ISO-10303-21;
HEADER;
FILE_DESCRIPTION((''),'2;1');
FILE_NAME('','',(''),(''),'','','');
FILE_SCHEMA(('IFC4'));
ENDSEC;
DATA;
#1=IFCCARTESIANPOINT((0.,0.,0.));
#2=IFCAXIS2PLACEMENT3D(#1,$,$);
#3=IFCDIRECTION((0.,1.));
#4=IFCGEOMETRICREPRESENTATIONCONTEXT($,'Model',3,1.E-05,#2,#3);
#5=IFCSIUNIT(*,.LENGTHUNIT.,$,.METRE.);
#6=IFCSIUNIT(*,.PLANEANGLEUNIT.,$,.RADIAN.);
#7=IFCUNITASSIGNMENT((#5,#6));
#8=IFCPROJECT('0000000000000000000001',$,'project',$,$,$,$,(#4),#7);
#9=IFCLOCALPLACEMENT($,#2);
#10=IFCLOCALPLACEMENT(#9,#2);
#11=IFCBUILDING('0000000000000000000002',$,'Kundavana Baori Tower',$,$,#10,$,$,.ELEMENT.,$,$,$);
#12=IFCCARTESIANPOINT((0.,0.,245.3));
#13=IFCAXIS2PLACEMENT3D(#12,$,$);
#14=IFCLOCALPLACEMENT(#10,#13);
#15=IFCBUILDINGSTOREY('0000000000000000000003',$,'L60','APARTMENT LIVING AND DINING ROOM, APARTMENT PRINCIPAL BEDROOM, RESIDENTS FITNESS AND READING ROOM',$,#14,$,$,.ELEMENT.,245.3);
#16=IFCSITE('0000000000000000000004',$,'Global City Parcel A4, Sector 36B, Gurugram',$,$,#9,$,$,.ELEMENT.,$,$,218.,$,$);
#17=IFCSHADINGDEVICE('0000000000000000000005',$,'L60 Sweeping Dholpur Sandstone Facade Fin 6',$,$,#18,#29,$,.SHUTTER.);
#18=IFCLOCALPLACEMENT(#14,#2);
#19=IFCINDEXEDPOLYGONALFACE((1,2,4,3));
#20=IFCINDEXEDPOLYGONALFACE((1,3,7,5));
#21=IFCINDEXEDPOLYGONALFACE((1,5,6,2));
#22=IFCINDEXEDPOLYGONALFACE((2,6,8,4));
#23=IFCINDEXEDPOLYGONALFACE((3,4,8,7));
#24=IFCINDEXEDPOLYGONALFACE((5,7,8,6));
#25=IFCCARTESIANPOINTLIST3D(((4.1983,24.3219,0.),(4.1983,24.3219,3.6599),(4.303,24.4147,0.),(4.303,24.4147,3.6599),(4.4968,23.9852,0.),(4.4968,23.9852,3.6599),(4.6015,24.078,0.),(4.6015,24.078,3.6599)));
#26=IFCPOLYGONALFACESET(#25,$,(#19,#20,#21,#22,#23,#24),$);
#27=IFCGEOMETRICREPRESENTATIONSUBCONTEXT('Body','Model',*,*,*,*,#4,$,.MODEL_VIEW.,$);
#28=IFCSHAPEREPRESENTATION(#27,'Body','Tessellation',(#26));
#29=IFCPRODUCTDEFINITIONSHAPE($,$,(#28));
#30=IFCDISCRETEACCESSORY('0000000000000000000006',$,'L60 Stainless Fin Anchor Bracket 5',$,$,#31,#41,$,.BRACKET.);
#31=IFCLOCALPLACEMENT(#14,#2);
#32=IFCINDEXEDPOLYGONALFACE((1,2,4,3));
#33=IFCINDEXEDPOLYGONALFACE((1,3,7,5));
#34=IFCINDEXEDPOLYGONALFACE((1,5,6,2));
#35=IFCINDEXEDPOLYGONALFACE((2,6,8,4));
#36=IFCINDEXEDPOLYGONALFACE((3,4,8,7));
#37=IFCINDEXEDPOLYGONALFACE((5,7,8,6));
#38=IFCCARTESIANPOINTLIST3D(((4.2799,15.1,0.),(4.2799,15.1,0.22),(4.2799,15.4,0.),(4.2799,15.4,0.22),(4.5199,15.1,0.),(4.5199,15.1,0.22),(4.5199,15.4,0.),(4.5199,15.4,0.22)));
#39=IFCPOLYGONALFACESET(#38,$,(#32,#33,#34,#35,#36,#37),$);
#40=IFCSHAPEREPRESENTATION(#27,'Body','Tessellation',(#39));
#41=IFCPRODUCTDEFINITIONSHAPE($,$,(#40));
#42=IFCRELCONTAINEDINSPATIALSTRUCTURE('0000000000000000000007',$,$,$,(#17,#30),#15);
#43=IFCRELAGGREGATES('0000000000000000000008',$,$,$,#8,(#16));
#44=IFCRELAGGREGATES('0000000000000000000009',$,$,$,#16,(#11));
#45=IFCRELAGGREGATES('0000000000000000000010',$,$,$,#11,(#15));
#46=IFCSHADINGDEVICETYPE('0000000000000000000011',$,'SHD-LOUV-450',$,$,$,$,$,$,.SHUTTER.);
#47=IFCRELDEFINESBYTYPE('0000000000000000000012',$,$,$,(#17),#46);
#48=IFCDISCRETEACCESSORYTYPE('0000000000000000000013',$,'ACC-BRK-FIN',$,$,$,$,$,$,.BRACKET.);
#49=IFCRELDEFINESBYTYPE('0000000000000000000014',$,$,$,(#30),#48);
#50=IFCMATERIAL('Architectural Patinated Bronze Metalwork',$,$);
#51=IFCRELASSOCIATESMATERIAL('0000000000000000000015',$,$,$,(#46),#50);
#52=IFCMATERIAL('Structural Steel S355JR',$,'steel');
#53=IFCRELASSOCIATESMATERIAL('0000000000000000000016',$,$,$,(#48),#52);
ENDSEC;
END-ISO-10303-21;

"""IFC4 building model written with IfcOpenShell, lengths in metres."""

from ifc_helpers import new_model, si_unit, direction, frame, origin, origin_2d, place, context, subcontext, project, spatial, rectangle, extrude, material, type_object, element, save


model = new_model("IFC4")

# Units and contexts
model_context = context("Model", 3, precision=1e-05, world=origin(), true_north=direction((0.0, 1.0)))
body_context = subcontext(model_context, "Body", "Model", "MODEL_VIEW")
ifc_project = project(units=[si_unit("LENGTHUNIT", "METRE"), si_unit("PLANEANGLEUNIT", "RADIAN")], contexts=[model_context])

# Site, building, storey
site_placement = place(None, origin())
site = spatial("IfcSite", under=ifc_project, at=site_placement, Name="Global City Parcel A4, Sector 36B, Gurugram", CompositionType="ELEMENT", RefElevation=218.0)
building_placement = place(site_placement, origin())
building = spatial("IfcBuilding", under=site, at=building_placement, Name="Kundavana Baori Tower", CompositionType="ELEMENT")
storey_placement = place(building_placement, frame((0.0, 0.0, 245.3)))
storey = spatial("IfcBuildingStorey", under=building, at=storey_placement, Name="L60", Description="APARTMENT LIVING AND DINING ROOM, APARTMENT PRINCIPAL BEDROOM, RESIDENTS FITNESS AND READING ROOM", CompositionType="ELEMENT", Elevation=245.3)

# Shading device
ifc_material_1 = material(Name="Architectural Patinated Bronze Metalwork")
shading_device_type_1 = type_object("IfcShadingDeviceType", Name="SHD-LOUV-450", PredefinedType="SHUTTER", material=ifc_material_1)
shading_device_1_placement = place(storey_placement, frame((4.3999, 24.2, 0.0), z_axis=(0.0, 0.0, 1.0), x_axis=(0.748261, 0.663404, 0.0)))
element("IfcShadingDevice", 1, at=shading_device_1_placement, inside=storey, type_object=shading_device_type_1, Name="L60 Sweeping Dholpur Sandstone Facade Fin 6", PredefinedType="SHUTTER", context=body_context, shape_type="SweptSolid", body=[
    extrude(rectangle(XDim=0.1399, YDim=0.45, at=origin_2d()), origin(), (0.0, 0.0, 1.0), 3.6599),
])

# Discrete accessory
ifc_material_2 = material(Name="Structural Steel S355JR", Category="steel")
discrete_accessory_type = type_object("IfcDiscreteAccessoryType", Name="ACC-BRK-FIN", PredefinedType="BRACKET", material=ifc_material_2)
discrete_accessory_placement = place(storey_placement, frame((4.3999, 15.25, 0.0), z_axis=(0.0, 0.0, 1.0), x_axis=(1.0, 0.0, 0.0)))
element("IfcDiscreteAccessory", 2, at=discrete_accessory_placement, inside=storey, type_object=discrete_accessory_type, Name="L60 Stainless Fin Anchor Bracket 5", PredefinedType="BRACKET", context=body_context, shape_type="SweptSolid", body=[
    extrude(rectangle(XDim=0.24, YDim=0.3, at=origin_2d()), origin(), (0.0, 0.0, 1.0), 0.22),
])

save(model, "model.ifc")
